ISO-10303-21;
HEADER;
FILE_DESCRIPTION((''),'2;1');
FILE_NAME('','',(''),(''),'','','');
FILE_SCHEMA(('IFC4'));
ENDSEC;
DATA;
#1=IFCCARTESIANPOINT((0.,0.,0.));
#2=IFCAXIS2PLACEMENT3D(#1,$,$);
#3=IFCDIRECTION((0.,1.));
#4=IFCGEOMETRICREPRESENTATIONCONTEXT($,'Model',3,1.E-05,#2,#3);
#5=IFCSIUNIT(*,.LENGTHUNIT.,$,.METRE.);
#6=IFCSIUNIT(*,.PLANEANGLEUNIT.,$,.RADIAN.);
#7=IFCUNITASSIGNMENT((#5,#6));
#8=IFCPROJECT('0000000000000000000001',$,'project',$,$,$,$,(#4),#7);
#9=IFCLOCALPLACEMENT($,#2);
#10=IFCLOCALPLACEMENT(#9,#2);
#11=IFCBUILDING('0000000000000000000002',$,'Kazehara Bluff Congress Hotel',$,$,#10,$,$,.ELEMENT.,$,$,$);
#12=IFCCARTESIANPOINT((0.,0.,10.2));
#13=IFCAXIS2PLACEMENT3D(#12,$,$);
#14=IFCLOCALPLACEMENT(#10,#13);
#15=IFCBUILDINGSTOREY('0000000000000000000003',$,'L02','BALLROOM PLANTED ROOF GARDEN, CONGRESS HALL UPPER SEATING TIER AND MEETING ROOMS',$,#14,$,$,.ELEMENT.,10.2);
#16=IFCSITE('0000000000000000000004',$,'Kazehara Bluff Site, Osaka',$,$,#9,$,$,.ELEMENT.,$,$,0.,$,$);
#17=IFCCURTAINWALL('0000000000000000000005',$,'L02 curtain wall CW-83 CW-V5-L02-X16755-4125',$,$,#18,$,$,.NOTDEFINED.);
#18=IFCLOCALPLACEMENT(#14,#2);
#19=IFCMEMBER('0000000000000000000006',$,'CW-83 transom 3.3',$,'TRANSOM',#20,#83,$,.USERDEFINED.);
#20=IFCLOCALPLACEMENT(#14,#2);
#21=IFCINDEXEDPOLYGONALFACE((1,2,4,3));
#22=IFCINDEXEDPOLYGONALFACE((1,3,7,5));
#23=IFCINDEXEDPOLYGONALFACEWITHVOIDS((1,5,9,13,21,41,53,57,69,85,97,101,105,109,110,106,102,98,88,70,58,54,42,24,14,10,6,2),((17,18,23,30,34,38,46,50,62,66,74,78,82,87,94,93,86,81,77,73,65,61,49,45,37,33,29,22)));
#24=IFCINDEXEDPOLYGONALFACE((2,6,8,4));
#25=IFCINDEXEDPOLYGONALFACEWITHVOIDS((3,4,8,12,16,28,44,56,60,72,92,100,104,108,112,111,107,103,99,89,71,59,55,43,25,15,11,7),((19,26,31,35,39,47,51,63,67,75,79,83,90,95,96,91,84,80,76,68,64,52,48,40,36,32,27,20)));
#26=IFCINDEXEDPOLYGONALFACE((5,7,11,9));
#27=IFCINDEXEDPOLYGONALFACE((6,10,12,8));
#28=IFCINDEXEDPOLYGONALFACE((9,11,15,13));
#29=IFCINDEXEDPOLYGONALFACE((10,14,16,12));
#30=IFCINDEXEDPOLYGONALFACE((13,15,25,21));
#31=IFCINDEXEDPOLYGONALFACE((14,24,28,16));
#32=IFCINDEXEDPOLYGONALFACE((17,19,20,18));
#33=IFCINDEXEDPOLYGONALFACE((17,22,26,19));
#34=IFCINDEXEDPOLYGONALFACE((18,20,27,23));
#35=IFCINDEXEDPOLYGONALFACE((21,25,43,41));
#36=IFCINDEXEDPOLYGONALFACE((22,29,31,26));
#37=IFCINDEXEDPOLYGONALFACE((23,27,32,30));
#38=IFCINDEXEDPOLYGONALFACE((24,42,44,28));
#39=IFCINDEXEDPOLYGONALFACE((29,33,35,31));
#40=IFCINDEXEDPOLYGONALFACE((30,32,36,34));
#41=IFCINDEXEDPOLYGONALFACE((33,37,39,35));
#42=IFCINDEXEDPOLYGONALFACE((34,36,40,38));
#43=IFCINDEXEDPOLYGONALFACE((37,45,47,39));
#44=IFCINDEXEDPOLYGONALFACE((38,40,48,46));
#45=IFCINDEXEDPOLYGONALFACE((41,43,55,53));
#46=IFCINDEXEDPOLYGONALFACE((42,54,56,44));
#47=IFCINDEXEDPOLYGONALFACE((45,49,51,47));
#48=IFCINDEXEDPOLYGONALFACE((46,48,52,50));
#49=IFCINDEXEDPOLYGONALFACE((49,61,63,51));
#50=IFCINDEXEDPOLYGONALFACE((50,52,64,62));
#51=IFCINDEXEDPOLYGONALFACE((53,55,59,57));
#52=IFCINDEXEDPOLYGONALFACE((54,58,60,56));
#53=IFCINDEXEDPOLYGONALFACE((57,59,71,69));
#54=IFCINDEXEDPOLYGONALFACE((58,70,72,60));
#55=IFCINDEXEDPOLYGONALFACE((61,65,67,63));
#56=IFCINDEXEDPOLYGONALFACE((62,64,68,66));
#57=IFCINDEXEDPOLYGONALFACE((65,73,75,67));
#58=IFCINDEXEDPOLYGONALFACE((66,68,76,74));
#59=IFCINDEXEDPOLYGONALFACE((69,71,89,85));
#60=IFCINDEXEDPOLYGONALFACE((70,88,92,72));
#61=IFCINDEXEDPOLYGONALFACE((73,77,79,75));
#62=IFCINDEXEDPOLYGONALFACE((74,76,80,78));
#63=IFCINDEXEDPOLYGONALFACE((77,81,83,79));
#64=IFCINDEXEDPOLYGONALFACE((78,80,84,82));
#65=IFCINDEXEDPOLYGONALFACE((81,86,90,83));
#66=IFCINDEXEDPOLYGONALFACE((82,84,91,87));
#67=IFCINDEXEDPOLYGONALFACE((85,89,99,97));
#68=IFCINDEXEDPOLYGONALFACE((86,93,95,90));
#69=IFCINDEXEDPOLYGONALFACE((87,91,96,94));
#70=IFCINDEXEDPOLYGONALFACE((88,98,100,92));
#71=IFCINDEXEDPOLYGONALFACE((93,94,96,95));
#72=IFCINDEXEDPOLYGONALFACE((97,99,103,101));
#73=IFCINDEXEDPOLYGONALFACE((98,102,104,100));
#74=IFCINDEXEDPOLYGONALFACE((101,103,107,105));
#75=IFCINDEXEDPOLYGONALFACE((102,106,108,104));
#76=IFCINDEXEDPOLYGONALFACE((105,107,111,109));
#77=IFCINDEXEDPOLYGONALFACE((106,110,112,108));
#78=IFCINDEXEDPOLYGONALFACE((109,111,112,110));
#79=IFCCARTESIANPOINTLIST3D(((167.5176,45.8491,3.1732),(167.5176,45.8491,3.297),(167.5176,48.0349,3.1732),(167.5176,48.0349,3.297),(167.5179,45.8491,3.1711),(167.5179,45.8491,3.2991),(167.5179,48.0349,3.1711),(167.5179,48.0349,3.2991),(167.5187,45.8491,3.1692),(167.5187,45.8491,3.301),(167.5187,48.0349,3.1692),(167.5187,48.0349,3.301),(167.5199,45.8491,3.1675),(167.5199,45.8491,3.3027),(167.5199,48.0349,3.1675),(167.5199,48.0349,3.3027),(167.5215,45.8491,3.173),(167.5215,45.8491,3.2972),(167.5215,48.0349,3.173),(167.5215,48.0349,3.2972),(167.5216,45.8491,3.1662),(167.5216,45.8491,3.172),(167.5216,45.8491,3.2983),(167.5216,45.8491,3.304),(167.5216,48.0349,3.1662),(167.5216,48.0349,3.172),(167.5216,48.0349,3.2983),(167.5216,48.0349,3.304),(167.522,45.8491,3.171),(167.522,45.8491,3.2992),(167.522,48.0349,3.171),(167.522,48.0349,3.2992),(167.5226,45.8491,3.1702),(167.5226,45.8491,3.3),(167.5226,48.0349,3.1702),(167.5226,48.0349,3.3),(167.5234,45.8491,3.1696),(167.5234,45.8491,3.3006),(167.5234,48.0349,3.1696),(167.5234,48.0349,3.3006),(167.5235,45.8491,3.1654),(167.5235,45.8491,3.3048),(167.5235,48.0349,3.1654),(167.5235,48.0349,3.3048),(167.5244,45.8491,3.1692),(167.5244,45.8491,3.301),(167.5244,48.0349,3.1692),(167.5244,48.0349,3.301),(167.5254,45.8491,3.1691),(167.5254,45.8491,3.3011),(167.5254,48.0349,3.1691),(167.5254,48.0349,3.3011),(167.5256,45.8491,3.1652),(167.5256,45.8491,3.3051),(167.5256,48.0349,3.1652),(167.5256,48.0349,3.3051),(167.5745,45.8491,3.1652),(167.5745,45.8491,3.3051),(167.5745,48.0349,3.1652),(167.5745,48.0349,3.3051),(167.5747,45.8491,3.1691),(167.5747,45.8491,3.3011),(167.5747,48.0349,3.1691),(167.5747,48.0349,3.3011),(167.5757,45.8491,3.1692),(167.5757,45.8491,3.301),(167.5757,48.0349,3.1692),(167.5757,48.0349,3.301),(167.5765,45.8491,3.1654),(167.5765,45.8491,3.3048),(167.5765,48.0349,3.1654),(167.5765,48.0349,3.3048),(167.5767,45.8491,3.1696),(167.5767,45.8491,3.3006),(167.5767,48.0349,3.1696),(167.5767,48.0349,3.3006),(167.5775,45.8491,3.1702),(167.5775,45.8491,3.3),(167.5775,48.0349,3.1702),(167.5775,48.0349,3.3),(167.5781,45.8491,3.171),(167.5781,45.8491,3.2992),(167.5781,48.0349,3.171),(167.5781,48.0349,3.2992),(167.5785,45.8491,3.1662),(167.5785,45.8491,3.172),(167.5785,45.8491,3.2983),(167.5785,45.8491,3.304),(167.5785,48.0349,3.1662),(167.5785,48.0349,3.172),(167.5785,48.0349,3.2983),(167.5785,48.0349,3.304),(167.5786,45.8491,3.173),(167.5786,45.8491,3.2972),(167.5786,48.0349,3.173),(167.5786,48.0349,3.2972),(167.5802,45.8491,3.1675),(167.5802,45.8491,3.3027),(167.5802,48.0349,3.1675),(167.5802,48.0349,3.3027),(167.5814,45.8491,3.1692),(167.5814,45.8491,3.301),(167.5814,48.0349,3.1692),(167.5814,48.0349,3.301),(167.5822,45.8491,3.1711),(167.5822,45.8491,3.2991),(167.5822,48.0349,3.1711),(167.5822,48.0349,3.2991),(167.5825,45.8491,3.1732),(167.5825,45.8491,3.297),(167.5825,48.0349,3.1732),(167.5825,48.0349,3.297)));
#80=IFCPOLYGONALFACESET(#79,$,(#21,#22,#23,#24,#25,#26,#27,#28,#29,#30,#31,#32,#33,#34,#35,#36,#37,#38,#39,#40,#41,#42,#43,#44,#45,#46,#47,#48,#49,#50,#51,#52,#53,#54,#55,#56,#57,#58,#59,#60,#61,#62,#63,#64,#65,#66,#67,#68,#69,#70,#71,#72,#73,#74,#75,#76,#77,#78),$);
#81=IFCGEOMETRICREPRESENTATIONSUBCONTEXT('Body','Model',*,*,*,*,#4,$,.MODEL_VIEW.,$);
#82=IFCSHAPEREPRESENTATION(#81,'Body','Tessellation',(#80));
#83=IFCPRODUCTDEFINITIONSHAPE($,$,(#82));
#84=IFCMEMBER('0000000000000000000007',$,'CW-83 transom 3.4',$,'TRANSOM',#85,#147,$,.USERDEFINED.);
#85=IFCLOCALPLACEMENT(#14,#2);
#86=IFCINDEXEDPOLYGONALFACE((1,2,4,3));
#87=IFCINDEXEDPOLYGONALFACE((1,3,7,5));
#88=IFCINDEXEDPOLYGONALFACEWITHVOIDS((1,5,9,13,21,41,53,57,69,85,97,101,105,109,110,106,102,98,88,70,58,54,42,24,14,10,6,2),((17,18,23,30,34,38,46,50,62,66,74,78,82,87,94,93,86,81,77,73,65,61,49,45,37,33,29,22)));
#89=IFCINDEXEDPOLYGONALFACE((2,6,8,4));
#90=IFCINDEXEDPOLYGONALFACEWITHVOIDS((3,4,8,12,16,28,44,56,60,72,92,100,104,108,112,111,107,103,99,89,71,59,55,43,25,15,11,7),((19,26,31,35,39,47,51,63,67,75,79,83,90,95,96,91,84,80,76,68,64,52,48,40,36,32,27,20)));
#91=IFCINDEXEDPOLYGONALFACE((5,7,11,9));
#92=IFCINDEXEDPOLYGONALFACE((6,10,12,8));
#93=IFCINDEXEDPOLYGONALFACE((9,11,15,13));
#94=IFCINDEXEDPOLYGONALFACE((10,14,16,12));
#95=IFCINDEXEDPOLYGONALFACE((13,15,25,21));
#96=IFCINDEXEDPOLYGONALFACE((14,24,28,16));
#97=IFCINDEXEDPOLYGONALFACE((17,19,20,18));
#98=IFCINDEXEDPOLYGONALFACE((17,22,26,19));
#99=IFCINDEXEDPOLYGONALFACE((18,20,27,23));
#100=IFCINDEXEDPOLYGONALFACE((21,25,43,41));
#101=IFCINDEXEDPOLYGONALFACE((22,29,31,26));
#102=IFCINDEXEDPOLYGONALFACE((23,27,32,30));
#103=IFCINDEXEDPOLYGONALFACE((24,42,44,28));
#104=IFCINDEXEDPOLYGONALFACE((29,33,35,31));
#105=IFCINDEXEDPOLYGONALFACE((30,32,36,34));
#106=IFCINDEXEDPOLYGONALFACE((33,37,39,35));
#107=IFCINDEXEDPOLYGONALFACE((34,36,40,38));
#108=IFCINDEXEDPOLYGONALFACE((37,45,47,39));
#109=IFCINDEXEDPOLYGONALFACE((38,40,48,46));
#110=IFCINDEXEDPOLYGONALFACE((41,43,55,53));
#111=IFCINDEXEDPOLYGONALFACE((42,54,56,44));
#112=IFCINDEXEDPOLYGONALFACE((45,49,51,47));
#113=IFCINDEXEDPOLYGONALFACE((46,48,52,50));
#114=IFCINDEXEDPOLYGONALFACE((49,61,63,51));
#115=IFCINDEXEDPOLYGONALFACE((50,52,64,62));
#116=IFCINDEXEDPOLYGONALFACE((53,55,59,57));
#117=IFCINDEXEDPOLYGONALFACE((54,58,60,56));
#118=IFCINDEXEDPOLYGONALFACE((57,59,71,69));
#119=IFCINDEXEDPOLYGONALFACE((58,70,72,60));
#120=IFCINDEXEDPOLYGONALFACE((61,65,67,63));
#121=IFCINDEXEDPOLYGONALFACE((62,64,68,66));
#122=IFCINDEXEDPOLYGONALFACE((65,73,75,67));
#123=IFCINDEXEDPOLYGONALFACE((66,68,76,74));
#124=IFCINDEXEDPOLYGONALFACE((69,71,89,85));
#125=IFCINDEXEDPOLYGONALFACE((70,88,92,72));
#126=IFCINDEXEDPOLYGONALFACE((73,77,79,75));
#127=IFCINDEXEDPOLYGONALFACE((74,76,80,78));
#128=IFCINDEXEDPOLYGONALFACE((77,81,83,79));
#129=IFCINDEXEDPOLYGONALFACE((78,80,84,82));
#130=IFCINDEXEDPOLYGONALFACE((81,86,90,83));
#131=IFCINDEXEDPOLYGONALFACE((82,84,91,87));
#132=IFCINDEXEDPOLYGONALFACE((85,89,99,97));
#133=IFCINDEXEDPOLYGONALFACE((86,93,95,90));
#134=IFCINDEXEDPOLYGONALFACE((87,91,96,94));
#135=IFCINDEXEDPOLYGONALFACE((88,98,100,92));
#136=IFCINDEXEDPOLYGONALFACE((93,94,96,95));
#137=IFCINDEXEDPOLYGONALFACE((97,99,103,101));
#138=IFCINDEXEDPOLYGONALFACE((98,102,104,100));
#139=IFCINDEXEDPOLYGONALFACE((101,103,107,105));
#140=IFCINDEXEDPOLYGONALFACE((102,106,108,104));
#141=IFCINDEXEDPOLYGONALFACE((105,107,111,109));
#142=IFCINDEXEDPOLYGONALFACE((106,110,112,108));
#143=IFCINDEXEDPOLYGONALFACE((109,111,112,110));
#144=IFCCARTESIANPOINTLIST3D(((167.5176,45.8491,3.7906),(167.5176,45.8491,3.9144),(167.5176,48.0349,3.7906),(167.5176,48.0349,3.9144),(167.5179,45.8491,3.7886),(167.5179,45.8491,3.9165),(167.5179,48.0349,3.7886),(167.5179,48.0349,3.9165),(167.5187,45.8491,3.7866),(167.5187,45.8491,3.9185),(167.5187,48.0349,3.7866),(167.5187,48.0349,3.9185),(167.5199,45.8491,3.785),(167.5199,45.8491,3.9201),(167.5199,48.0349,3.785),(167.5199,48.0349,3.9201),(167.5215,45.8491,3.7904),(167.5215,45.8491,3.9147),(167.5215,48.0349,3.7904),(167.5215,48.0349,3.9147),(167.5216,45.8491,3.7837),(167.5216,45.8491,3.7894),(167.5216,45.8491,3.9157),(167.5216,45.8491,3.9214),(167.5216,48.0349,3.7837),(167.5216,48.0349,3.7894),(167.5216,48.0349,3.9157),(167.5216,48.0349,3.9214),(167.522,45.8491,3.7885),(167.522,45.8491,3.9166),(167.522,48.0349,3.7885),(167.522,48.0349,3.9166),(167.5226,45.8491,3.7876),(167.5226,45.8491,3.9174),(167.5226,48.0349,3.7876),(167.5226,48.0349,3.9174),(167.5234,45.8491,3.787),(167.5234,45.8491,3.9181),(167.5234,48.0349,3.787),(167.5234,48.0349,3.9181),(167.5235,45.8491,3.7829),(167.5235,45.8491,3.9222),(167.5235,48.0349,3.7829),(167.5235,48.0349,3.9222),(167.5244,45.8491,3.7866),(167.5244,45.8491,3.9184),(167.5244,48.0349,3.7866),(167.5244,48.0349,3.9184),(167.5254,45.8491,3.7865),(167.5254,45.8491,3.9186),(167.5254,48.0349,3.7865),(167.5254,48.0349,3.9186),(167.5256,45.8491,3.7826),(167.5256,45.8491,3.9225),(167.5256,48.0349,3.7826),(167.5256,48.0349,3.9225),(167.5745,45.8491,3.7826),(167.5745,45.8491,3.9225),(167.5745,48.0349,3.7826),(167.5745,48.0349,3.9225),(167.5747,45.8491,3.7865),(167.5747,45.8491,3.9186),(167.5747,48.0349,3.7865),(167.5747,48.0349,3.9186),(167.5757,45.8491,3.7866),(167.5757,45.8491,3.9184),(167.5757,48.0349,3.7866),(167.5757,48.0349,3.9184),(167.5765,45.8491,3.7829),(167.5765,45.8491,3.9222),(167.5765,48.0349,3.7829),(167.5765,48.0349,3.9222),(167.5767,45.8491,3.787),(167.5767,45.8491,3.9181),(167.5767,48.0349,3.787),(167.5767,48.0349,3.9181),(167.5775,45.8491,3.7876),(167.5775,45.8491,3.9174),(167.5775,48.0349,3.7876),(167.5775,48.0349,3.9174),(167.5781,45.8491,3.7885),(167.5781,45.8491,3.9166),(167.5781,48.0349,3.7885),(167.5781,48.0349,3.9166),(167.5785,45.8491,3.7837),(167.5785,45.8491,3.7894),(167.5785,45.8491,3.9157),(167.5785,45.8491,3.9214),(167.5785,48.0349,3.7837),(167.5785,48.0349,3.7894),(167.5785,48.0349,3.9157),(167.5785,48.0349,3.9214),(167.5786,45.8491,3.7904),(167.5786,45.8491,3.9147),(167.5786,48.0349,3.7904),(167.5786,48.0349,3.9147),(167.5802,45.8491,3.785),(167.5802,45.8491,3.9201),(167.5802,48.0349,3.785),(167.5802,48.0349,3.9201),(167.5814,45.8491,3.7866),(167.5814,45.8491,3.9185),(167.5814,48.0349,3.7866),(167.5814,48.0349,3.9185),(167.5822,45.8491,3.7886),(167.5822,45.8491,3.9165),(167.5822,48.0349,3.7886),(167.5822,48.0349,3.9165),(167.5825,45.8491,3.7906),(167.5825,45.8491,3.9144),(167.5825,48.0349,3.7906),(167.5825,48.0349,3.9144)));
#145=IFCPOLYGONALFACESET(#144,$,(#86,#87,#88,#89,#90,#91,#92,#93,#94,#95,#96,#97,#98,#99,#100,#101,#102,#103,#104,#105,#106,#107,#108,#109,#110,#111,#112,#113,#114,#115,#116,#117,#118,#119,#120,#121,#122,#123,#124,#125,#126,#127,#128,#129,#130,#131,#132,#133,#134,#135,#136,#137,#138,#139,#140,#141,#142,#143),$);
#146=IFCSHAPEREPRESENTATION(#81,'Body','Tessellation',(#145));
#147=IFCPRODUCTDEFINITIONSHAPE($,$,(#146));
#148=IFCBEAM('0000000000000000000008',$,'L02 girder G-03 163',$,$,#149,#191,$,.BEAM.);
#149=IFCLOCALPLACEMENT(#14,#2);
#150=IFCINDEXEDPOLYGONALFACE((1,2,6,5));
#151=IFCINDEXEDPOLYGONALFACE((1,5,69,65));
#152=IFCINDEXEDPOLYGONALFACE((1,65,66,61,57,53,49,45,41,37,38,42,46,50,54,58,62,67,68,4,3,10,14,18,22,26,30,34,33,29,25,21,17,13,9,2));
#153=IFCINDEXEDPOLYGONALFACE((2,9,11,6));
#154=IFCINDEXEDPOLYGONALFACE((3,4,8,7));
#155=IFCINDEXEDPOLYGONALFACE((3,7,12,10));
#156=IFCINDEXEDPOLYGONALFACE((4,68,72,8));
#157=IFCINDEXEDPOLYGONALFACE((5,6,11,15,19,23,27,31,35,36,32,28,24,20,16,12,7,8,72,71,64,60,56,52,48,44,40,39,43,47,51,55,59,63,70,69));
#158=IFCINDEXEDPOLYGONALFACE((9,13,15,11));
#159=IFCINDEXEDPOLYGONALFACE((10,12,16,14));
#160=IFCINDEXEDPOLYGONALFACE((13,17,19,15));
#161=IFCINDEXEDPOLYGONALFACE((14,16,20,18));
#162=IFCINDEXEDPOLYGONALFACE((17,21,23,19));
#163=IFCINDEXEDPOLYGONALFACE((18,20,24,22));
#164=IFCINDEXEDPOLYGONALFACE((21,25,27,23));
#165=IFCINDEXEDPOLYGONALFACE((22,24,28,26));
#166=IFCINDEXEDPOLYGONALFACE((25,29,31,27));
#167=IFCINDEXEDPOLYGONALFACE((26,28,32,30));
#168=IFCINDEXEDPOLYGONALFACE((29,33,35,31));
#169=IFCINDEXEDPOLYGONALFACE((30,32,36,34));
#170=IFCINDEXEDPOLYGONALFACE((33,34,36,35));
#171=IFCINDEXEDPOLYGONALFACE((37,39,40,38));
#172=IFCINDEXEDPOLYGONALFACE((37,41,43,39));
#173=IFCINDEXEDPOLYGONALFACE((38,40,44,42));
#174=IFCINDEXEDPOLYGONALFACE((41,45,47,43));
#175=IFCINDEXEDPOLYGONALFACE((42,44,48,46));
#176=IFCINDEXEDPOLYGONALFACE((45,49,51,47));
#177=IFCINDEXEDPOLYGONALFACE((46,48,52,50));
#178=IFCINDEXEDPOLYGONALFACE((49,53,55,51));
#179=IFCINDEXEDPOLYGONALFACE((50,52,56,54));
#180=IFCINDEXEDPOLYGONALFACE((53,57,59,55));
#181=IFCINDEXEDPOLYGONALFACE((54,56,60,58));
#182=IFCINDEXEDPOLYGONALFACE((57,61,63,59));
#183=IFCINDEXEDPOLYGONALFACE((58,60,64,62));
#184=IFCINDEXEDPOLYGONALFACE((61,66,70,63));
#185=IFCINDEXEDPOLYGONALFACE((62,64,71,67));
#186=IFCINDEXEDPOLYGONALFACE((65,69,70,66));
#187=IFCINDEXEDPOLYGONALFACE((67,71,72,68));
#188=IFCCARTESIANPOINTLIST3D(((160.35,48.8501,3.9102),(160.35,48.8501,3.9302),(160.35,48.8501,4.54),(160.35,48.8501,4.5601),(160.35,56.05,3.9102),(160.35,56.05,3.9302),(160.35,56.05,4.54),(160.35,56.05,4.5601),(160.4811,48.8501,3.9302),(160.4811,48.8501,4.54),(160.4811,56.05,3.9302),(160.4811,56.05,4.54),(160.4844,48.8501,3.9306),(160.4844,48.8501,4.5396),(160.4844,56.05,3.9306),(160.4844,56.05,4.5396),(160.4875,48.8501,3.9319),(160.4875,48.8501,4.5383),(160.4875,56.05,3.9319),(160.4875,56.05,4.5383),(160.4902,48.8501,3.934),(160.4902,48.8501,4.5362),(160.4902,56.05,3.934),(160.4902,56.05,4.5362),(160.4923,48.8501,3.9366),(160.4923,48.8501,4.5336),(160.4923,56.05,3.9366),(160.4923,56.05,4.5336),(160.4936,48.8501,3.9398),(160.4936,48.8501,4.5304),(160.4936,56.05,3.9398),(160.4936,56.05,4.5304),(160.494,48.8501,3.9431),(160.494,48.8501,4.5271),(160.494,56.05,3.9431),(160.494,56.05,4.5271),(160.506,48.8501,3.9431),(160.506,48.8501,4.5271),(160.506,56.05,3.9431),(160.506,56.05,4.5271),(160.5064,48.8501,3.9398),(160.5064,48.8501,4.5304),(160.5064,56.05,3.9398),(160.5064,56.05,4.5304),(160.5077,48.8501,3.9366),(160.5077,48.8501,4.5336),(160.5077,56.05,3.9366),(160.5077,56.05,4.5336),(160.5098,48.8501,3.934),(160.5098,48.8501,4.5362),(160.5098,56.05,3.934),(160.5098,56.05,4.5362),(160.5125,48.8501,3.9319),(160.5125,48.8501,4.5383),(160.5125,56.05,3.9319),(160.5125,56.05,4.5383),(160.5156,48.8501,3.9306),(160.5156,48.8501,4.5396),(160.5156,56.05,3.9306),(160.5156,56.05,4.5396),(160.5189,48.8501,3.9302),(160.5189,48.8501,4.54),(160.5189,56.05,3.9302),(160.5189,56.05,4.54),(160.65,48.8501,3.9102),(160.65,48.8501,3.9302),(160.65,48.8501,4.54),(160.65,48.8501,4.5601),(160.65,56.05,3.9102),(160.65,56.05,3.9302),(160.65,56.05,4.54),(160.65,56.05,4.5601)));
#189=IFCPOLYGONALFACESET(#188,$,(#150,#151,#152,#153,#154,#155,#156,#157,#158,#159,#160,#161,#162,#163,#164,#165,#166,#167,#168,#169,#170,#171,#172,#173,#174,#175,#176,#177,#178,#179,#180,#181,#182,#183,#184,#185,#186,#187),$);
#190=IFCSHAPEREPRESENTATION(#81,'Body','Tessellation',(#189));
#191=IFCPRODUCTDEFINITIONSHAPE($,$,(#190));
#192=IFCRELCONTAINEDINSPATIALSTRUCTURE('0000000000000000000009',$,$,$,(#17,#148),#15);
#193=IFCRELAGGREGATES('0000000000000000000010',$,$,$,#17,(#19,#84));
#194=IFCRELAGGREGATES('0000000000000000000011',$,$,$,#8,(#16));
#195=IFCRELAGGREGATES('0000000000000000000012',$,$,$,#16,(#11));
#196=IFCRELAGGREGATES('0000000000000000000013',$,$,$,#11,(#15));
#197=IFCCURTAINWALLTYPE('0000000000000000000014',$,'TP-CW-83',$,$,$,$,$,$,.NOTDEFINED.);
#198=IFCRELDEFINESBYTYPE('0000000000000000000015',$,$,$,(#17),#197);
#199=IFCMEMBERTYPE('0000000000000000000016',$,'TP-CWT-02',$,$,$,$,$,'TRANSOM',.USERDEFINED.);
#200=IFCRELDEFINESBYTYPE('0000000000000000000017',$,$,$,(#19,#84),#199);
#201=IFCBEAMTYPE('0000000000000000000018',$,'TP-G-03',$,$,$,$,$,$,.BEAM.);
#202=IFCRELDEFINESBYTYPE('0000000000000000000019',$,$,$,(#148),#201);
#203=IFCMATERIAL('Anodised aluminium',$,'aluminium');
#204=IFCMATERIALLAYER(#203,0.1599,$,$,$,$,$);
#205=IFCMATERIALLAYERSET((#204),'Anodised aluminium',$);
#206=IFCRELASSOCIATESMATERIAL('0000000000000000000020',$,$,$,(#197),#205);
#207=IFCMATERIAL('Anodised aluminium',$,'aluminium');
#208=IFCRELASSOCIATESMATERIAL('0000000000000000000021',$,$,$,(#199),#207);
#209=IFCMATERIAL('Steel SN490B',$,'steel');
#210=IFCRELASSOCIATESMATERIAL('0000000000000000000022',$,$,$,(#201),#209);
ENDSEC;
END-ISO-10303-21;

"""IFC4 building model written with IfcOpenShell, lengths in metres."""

from ifc_helpers import new_model, si_unit, direction, frame, origin, origin_2d, place, context, subcontext, project, spatial, hollow_rectangle, i_section, extrude, material, layer, layer_set, material_profile, profile_set, type_object, element, aggregate, save


model = new_model("IFC4")

# Units and contexts
model_context = context("Model", 3, precision=1e-05, world=origin(), true_north=direction((0.0, 1.0)))
body_context = subcontext(model_context, "Body", "Model", "MODEL_VIEW")
ifc_project = project(units=[si_unit("LENGTHUNIT", "METRE"), si_unit("PLANEANGLEUNIT", "RADIAN")], contexts=[model_context])

# Site, building, storey
site_placement = place(None, origin())
site = spatial("IfcSite", under=ifc_project, at=site_placement, Name="Kazehara Bluff Site, Osaka", CompositionType="ELEMENT", RefElevation=0.0)
building_placement = place(site_placement, origin())
building = spatial("IfcBuilding", under=site, at=building_placement, Name="Kazehara Bluff Congress Hotel", CompositionType="ELEMENT")
storey_placement = place(building_placement, frame((0.0, 0.0, 10.2)))
storey = spatial("IfcBuildingStorey", under=building, at=storey_placement, Name="L02", Description="BALLROOM PLANTED ROOF GARDEN, CONGRESS HALL UPPER SEATING TIER AND MEETING ROOMS", CompositionType="ELEMENT", Elevation=10.2)

# Curtain wall, members
ifc_material_1 = material(Name="Anodised aluminium", Category="aluminium")
ifc_layer_1 = layer(ifc_material_1, 0.1599)
ifc_layer_set_1 = layer_set([ifc_layer_1], Name="Anodised aluminium")
curtain_wall_type = type_object("IfcCurtainWallType", Name="TP-CW-83", PredefinedType="NOTDEFINED", material=ifc_layer_set_1)
curtain_wall_placement = place(storey_placement, origin())
curtain_wall = element("IfcCurtainWall", 1, at=curtain_wall_placement, inside=storey, type_object=curtain_wall_type, Name="L02 curtain wall CW-83 CW-V5-L02-X16755-4125", PredefinedType="NOTDEFINED")
ifc_material_2 = material(Name="Anodised aluminium", Category="aluminium")
ifc_material_profile_1 = material_profile(ifc_material_2, hollow_rectangle(XDim=0.0649, YDim=0.1399, WallThickness=0.0039, InnerFilletRadius=0.0039, OuterFilletRadius=0.0081, at=origin_2d()))
ifc_profile_set_1 = profile_set([ifc_material_profile_1], Name="Anodised aluminium")
member_type_1 = type_object("IfcMemberType", Name="TP-CWT-02", ElementType="TRANSOM", PredefinedType="USERDEFINED", material=ifc_profile_set_1)
member_1_placement = place(storey_placement, frame((167.55, 45.8491, 3.2351), z_axis=(0.0, 1.0, 0.0), x_axis=(-1.0, 0.0, 0.0)))
member_1 = element("IfcMember", 2, at=member_1_placement, type_object=member_type_1, Name="CW-83 transom 3.3", ObjectType="TRANSOM", PredefinedType="USERDEFINED", context=body_context, shape_type="SweptSolid", body=[
    extrude(hollow_rectangle(XDim=0.0649, YDim=0.1399, WallThickness=0.0039, InnerFilletRadius=0.0039, OuterFilletRadius=0.0081, at=origin_2d()), origin(), (0.0, 0.0, 1.0), 2.1858),
])
member_2_placement = place(storey_placement, frame((167.55, 45.8491, 3.8525), z_axis=(0.0, 1.0, 0.0), x_axis=(-1.0, 0.0, 0.0)))
member_2 = element("IfcMember", 3, at=member_2_placement, type_object=member_type_1, Name="CW-83 transom 3.4", ObjectType="TRANSOM", PredefinedType="USERDEFINED", context=body_context, shape_type="SweptSolid", body=[
    extrude(hollow_rectangle(XDim=0.0649, YDim=0.1399, WallThickness=0.0039, InnerFilletRadius=0.0039, OuterFilletRadius=0.0081, at=origin_2d()), origin(), (0.0, 0.0, 1.0), 2.1858),
])

# Beam
ifc_material_3 = material(Name="Steel SN490B", Category="steel")
ifc_material_profile_2 = material_profile(ifc_material_3, i_section(OverallWidth=0.3, OverallDepth=0.6499, WebThickness=0.012, FlangeThickness=0.02, FilletRadius=0.0129, at=origin_2d()))
ifc_profile_set_2 = profile_set([ifc_material_profile_2], Name="Steel SN490B")
beam_type_1 = type_object("IfcBeamType", Name="TP-G-03", PredefinedType="BEAM", material=ifc_profile_set_2)
for number, where, z_axis, x_axis, name in (
    (4, (160.5, 48.8501, 4.2351), (0.0, 1.0, 0.0), (-1.0, 0.0, 0.0), "L02 girder G-03 163"),
):
    element("IfcBeam", number, at=place(storey_placement, frame(where, z_axis=z_axis, x_axis=x_axis)), inside=storey, type_object=beam_type_1, Name=name, PredefinedType="BEAM", context=body_context, shape_type="SweptSolid", body=[
        extrude(i_section(OverallWidth=0.3, OverallDepth=0.6499, WebThickness=0.012, FlangeThickness=0.02, FilletRadius=0.0129, at=origin_2d()), origin(), (0.0, 0.0, 1.0), 7.2),
    ])

aggregate(curtain_wall, [member_1, member_2])

save(model, "model.ifc")
